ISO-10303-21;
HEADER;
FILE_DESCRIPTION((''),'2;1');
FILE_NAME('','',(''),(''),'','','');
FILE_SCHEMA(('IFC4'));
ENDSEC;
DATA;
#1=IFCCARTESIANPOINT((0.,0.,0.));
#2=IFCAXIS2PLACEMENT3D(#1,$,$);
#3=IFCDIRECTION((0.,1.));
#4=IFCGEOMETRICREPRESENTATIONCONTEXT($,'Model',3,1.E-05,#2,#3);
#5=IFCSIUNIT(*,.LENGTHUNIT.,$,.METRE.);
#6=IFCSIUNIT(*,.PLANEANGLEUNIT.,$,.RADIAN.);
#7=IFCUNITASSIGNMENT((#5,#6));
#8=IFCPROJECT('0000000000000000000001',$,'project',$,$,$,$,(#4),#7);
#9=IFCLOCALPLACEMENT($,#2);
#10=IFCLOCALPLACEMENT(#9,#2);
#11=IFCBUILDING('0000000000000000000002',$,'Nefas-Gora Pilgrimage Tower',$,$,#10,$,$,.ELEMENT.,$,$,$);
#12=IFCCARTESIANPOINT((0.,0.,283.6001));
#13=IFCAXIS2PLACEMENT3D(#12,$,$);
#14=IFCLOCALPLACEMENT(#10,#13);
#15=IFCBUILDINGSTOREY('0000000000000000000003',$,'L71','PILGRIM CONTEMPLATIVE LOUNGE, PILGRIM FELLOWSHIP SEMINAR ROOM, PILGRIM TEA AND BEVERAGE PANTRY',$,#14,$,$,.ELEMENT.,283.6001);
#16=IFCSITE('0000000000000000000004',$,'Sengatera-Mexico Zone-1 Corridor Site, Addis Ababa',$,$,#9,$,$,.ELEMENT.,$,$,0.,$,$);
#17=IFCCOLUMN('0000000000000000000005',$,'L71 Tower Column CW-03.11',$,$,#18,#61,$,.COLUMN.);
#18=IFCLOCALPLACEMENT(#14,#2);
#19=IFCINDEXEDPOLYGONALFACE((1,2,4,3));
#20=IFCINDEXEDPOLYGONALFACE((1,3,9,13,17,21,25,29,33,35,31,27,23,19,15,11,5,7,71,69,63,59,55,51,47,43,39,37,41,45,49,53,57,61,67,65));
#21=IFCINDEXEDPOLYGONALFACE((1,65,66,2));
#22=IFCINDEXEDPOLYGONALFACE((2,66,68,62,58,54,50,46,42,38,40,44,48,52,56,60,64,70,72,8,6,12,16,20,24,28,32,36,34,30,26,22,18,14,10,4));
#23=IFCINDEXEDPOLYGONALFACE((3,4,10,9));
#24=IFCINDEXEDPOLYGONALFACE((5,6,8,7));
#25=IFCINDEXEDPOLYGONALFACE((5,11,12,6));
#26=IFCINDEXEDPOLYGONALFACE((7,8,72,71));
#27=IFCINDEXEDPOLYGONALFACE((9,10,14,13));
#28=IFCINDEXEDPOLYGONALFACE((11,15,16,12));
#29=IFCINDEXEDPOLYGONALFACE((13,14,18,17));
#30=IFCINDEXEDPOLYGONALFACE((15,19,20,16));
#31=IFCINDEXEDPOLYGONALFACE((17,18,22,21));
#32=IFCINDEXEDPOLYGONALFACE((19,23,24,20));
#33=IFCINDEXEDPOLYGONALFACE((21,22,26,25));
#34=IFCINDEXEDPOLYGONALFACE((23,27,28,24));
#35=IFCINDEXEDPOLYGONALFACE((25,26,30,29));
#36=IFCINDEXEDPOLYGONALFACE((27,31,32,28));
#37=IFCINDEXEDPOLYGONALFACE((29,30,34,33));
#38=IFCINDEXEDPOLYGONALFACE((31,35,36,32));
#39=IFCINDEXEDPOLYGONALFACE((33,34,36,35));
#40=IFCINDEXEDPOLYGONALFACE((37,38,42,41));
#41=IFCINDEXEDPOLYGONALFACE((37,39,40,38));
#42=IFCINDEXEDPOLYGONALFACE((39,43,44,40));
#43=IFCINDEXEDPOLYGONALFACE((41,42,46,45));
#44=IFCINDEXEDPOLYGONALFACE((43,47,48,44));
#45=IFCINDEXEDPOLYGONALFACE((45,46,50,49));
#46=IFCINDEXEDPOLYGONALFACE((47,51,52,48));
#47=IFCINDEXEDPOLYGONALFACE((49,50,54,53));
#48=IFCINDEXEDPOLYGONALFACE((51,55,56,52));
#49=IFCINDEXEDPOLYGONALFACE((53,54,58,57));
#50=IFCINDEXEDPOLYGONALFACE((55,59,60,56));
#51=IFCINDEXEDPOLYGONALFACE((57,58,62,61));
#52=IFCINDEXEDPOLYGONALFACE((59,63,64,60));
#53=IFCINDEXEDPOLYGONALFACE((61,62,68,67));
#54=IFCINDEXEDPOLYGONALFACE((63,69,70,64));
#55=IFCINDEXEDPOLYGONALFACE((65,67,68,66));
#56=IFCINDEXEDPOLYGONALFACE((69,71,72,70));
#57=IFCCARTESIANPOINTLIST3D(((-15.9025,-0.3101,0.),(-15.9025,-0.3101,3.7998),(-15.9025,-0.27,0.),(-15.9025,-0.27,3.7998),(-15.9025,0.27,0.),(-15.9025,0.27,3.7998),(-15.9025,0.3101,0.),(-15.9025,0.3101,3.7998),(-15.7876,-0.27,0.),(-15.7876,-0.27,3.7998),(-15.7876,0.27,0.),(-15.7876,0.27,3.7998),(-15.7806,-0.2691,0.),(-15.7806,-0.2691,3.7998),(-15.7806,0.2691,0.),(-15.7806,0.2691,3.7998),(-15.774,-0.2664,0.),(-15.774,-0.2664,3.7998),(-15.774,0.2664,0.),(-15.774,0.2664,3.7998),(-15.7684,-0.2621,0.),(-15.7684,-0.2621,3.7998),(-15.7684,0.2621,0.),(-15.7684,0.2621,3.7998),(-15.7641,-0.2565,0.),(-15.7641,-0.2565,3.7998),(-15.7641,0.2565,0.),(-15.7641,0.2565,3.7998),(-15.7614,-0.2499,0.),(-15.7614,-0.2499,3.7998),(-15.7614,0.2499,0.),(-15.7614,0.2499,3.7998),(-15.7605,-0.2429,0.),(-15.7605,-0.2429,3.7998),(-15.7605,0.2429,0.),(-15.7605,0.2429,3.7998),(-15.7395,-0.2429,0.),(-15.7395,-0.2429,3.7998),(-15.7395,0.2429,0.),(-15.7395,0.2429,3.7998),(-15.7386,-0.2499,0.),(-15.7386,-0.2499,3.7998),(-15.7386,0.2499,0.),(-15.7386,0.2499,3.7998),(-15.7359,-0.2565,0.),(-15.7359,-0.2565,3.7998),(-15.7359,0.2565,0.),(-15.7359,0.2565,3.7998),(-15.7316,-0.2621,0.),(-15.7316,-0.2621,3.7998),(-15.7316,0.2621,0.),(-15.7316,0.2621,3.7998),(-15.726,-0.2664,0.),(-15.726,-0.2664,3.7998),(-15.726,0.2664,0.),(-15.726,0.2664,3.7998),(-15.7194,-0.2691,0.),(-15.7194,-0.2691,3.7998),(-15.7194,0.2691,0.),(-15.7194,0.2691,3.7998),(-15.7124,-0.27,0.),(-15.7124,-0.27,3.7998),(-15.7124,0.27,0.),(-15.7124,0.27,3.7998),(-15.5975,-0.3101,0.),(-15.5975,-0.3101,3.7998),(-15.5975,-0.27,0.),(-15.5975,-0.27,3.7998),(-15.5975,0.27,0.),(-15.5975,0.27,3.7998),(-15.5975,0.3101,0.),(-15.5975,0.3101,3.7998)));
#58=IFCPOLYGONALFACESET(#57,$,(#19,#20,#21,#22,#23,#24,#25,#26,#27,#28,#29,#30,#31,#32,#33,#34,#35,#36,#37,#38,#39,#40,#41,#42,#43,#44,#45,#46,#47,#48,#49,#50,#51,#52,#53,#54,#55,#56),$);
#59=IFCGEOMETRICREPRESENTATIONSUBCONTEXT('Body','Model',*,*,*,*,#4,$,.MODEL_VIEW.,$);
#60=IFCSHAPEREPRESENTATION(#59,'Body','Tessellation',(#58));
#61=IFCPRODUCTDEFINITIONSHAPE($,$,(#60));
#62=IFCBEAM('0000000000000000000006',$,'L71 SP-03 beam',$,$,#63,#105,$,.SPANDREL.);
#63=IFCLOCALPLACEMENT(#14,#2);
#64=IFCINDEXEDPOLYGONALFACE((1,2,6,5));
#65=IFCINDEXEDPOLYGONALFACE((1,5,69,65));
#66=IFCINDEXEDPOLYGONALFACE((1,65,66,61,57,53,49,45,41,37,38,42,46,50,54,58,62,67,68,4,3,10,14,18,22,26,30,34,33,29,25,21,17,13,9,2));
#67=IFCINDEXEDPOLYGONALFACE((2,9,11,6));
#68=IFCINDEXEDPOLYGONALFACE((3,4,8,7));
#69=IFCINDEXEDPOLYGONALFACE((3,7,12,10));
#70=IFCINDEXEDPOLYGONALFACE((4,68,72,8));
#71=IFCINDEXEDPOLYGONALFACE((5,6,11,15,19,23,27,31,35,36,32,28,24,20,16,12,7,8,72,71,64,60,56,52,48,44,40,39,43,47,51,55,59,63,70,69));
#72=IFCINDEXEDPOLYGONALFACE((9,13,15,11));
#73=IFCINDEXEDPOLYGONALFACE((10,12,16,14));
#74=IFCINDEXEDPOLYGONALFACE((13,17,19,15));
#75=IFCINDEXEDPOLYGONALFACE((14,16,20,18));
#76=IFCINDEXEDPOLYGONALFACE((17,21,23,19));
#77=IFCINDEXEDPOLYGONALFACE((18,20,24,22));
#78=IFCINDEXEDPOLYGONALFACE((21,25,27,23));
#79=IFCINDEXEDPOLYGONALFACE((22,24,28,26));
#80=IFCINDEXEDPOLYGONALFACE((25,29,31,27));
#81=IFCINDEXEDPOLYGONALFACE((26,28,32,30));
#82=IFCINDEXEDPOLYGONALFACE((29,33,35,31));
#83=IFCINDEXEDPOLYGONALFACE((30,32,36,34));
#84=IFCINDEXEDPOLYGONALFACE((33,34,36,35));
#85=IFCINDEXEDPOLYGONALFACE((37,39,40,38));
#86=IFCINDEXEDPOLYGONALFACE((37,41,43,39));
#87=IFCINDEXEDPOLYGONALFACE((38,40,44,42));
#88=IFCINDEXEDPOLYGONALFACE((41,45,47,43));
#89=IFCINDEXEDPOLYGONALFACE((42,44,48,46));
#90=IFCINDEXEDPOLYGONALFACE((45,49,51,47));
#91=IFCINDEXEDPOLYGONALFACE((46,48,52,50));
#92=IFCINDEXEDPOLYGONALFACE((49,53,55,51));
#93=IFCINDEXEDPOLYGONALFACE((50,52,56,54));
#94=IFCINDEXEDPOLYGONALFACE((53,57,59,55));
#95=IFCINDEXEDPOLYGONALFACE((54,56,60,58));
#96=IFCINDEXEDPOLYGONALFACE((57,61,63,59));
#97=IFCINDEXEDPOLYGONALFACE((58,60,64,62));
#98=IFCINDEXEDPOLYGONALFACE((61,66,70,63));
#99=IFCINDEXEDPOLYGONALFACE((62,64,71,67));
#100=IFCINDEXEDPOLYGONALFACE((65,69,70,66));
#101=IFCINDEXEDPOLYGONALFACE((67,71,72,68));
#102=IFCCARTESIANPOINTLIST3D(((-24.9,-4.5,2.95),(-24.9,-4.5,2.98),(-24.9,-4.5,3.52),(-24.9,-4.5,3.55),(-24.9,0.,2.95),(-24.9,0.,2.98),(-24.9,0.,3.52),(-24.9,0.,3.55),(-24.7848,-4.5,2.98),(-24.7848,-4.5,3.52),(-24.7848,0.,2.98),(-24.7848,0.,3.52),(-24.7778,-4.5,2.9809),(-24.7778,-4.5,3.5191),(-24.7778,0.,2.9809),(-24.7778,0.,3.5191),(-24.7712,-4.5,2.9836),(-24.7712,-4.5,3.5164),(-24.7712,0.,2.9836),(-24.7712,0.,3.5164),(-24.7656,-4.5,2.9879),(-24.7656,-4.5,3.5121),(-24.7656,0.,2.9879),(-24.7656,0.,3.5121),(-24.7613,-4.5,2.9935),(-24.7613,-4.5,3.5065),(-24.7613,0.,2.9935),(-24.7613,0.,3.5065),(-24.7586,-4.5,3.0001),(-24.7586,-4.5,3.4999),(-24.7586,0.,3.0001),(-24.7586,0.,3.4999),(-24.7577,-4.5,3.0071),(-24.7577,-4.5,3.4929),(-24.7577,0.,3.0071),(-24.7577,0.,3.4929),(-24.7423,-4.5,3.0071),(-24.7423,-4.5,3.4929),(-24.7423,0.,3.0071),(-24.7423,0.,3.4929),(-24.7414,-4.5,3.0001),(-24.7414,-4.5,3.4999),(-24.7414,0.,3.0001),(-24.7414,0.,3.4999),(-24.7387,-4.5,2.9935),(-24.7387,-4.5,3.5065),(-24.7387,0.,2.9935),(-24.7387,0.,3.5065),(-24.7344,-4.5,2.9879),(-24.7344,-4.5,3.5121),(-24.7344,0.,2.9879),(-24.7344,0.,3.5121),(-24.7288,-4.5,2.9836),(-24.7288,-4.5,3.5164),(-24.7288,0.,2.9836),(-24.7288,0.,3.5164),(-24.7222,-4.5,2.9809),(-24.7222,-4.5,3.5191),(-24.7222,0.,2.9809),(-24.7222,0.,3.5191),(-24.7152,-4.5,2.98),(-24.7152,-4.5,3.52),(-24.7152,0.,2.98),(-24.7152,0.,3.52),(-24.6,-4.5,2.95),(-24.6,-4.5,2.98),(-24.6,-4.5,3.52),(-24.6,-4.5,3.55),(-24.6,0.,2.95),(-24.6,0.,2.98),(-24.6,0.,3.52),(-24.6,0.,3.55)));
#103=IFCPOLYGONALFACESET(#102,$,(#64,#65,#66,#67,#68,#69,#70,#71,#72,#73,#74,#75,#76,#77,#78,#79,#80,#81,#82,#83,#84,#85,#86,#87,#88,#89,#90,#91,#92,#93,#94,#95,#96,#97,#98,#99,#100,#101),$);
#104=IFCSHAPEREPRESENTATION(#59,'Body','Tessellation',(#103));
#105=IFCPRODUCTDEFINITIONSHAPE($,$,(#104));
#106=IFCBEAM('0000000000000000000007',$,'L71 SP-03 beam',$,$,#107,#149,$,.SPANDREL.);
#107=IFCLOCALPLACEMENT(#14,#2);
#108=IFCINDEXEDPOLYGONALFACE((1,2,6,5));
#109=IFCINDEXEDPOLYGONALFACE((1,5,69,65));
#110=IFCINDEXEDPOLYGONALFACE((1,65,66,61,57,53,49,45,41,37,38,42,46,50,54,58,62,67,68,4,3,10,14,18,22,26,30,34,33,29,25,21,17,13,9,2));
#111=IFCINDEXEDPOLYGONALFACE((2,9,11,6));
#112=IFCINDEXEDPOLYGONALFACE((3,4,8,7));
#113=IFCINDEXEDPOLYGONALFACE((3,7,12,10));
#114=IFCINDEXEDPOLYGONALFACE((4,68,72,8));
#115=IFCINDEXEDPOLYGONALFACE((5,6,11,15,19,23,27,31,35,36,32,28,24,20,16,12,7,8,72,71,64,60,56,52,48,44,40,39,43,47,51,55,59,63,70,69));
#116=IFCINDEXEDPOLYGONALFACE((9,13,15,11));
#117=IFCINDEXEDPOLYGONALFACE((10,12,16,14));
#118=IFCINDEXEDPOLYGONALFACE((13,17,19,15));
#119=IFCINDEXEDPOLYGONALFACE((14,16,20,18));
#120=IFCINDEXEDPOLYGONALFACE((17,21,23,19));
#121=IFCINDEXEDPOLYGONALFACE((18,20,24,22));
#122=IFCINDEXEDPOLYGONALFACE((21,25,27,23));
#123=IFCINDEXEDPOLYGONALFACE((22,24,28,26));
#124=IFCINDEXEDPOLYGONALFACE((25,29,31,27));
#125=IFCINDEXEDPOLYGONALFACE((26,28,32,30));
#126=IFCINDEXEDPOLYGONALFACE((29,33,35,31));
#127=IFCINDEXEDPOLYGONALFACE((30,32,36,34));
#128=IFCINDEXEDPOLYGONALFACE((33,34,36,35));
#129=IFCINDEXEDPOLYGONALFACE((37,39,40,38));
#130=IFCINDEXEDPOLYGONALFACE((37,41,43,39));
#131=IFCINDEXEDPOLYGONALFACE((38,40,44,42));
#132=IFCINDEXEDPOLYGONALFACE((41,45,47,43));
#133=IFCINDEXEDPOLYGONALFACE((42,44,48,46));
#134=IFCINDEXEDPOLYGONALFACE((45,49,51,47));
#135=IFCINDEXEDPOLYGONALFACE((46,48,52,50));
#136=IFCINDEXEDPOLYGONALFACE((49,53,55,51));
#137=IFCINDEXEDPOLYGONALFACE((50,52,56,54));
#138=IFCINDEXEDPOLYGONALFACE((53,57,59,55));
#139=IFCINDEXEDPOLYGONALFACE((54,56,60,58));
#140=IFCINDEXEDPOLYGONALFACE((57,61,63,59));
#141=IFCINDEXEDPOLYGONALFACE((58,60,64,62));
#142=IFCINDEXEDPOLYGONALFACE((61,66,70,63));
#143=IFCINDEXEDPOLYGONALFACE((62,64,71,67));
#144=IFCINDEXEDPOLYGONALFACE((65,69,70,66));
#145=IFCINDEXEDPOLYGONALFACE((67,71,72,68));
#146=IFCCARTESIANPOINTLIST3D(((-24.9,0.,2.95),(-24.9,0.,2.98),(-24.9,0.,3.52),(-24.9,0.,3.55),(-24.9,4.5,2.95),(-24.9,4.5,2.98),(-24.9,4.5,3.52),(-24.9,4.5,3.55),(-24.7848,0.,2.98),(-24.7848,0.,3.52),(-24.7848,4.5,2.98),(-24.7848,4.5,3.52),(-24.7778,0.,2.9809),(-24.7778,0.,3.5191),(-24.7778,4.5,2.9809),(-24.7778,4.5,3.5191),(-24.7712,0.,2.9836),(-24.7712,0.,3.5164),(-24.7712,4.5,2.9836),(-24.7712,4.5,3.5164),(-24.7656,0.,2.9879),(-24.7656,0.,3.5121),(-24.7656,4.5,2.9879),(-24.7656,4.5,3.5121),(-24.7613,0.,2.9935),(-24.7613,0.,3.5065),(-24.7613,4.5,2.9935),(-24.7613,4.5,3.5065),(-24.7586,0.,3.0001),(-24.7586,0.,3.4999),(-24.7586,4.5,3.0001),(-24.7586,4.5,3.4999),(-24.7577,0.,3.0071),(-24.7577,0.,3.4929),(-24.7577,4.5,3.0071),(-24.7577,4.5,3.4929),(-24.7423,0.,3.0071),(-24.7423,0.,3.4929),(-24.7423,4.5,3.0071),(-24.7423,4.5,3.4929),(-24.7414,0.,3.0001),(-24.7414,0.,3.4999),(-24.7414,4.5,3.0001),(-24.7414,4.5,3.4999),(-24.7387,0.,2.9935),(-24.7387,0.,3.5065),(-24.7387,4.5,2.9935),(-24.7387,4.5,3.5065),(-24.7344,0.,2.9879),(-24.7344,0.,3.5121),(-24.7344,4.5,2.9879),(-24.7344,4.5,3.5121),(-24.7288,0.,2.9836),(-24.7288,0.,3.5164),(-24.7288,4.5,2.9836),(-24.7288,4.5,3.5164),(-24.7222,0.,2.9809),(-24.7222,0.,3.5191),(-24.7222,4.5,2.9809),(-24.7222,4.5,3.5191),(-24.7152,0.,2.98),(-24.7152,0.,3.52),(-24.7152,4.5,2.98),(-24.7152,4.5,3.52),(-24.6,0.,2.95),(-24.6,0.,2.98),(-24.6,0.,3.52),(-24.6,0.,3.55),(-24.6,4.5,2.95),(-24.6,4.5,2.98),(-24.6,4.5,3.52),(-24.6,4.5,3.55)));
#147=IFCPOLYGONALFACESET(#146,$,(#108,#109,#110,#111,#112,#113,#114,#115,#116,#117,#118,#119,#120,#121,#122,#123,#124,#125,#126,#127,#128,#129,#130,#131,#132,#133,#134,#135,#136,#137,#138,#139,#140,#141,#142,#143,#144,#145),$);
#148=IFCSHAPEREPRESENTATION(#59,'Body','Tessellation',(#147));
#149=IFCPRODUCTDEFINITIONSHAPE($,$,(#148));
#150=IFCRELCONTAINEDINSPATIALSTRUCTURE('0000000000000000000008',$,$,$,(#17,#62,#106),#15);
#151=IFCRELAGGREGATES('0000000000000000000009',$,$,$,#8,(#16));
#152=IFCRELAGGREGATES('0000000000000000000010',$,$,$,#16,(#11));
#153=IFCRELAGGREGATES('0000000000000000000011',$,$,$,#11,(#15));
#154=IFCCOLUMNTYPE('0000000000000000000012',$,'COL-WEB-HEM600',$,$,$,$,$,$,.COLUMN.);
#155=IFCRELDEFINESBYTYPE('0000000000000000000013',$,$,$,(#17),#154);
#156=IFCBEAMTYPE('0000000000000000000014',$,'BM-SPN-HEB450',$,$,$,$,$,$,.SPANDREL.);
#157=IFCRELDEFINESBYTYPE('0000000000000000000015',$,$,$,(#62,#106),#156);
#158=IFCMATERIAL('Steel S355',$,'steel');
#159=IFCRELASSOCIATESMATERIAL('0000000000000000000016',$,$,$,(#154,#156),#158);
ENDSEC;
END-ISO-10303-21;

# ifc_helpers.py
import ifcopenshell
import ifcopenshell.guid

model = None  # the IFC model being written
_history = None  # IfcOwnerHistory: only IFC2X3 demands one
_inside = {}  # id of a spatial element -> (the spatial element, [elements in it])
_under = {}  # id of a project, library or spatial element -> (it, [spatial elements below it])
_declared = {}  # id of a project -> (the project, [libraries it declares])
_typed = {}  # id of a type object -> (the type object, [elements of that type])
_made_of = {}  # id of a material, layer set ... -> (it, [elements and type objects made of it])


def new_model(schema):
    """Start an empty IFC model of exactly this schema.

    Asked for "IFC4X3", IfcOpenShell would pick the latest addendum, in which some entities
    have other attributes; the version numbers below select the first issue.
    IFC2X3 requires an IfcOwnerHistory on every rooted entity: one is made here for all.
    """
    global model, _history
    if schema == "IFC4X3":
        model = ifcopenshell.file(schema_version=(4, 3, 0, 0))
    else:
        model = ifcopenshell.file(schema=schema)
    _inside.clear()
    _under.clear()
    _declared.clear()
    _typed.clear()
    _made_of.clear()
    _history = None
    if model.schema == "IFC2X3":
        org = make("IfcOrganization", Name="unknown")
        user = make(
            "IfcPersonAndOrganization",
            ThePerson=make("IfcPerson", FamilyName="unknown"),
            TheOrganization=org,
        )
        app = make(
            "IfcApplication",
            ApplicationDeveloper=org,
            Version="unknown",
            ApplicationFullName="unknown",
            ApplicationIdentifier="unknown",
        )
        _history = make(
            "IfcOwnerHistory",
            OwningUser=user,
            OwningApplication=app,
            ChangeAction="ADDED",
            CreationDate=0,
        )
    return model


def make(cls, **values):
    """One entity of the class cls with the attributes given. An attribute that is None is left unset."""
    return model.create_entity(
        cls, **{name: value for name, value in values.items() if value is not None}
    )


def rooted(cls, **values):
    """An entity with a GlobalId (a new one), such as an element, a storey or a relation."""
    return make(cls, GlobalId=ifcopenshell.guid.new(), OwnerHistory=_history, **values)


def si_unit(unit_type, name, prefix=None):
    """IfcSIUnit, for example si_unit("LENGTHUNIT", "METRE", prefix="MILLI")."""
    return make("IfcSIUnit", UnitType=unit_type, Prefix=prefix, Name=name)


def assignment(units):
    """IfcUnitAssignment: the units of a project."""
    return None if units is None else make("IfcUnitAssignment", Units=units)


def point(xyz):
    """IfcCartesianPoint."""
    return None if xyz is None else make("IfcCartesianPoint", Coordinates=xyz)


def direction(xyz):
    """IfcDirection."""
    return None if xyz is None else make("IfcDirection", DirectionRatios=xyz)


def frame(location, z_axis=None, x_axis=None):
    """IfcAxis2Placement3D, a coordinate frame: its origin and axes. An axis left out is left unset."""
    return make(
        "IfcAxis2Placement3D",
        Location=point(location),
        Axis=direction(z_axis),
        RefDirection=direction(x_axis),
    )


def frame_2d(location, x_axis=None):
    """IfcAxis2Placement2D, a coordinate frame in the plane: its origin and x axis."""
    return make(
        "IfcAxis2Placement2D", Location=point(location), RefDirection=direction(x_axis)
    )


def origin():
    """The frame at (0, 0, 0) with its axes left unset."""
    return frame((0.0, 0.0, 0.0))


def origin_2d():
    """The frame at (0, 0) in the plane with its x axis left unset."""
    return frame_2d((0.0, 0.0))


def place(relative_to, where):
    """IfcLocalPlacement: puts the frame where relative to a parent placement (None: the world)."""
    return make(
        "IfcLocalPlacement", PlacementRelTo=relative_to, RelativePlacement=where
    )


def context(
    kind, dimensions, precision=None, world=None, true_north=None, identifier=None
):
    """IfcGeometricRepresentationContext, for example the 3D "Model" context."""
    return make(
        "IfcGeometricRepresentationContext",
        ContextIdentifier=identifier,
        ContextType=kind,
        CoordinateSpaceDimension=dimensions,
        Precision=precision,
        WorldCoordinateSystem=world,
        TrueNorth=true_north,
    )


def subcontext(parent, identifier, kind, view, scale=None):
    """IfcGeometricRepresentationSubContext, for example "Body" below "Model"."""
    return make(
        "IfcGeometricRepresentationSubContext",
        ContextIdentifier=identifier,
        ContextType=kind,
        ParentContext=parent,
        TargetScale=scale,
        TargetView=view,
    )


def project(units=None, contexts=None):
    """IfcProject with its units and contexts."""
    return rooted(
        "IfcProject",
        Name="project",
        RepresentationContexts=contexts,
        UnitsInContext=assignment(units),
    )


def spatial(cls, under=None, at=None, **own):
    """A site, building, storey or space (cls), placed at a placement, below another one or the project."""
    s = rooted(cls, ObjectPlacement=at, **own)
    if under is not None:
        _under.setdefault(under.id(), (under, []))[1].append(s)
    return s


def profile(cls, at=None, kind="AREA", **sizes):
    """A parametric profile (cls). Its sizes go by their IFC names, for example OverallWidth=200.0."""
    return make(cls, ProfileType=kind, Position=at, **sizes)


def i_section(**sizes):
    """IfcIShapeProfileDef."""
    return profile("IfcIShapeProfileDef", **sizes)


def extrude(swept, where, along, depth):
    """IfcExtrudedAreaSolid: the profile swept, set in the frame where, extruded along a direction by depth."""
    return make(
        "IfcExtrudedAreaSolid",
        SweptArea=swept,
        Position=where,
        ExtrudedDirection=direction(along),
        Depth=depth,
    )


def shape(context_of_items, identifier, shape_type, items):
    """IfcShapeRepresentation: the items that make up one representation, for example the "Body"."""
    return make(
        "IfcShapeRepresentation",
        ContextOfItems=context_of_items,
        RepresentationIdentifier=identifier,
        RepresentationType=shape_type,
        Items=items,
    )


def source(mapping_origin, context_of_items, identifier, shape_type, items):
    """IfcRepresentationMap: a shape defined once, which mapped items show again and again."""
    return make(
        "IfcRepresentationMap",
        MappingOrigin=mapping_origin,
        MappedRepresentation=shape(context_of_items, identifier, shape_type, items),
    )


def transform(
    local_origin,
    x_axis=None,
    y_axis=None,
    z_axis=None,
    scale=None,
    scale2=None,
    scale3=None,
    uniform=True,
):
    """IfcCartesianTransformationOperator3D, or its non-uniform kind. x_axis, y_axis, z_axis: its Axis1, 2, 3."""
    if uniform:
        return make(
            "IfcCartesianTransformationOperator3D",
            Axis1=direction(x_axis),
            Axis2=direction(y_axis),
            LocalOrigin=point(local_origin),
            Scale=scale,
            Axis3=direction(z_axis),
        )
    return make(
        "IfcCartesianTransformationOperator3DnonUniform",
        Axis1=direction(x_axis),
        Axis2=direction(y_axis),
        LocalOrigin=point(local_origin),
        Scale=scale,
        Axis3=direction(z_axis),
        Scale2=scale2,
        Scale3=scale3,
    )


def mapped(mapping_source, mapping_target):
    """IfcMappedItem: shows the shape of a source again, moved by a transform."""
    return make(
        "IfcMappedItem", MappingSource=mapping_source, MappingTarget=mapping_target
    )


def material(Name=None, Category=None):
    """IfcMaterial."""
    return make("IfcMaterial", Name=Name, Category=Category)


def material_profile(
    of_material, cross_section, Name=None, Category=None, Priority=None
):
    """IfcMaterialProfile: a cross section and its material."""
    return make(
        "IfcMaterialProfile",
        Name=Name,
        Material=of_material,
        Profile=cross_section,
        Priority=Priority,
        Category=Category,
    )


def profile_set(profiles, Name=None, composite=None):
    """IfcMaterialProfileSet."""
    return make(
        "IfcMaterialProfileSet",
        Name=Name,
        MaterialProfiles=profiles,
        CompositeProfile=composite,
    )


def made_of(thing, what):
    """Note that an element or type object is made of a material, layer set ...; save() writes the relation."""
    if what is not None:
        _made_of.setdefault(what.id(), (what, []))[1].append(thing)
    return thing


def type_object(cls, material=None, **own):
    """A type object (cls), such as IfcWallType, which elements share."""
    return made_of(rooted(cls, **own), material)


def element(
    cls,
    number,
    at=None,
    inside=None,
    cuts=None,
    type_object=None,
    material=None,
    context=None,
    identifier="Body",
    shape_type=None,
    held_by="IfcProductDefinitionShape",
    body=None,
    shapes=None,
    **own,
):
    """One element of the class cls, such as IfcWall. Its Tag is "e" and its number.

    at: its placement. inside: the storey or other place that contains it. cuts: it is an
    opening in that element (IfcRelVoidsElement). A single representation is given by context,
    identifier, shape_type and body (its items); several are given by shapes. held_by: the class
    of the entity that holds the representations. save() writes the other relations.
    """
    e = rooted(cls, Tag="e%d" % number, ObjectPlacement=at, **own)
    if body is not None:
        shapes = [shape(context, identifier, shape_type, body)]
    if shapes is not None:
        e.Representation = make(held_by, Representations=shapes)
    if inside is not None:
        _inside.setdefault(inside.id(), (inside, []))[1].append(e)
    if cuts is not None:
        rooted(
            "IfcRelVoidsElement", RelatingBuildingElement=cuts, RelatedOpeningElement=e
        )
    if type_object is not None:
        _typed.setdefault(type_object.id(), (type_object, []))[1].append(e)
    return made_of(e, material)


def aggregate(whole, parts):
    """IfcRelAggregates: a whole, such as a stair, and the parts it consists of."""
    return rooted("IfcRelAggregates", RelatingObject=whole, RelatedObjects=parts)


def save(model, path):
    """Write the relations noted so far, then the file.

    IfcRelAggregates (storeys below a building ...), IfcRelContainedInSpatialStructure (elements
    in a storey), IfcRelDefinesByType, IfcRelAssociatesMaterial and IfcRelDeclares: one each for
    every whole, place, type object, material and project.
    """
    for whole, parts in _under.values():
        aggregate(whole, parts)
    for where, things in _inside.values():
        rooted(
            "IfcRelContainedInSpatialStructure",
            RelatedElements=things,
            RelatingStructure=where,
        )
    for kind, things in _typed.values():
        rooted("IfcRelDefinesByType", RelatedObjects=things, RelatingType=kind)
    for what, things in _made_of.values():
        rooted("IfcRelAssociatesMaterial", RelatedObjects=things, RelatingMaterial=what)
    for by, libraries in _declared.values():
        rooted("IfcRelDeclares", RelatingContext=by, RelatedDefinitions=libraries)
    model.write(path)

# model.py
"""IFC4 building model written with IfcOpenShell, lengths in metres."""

from ifc_helpers import new_model, si_unit, direction, frame, origin, origin_2d, place, context, subcontext, project, spatial, i_section, extrude, source, transform, mapped, material, material_profile, profile_set, type_object, element, save


model = new_model("IFC4")

# Units and contexts
model_context = context("Model", 3, precision=1e-05, world=origin(), true_north=direction((0.0, 1.0)))
body_context = subcontext(model_context, "Body", "Model", "MODEL_VIEW")
ifc_project = project(units=[si_unit("LENGTHUNIT", "METRE"), si_unit("PLANEANGLEUNIT", "RADIAN")], contexts=[model_context])

# Site, building, storey
site_placement = place(None, origin())
site = spatial("IfcSite", under=ifc_project, at=site_placement, Name="Sengatera-Mexico Zone-1 Corridor Site, Addis Ababa", CompositionType="ELEMENT", RefElevation=0.0)
building_placement = place(site_placement, origin())
building = spatial("IfcBuilding", under=site, at=building_placement, Name="Nefas-Gora Pilgrimage Tower", CompositionType="ELEMENT")
storey_placement = place(building_placement, frame((0.0, 0.0, 283.6001)))
storey = spatial("IfcBuildingStorey", under=building, at=storey_placement, Name="L71", Description="PILGRIM CONTEMPLATIVE LOUNGE, PILGRIM FELLOWSHIP SEMINAR ROOM, PILGRIM TEA AND BEVERAGE PANTRY", CompositionType="ELEMENT", Elevation=283.6001)

# Column
ifc_material_1 = material(Name="Steel S355", Category="steel")
ifc_material_profile_1 = material_profile(ifc_material_1, i_section(OverallWidth=0.3049, OverallDepth=0.6201, WebThickness=0.021, FlangeThickness=0.04, FilletRadius=0.0271, at=origin_2d()), Name="HEM 600")
ifc_profile_set_1 = profile_set([ifc_material_profile_1], Name="Steel S355")
column_type_1 = type_object("IfcColumnType", Name="COL-WEB-HEM600", PredefinedType="COLUMN", material=ifc_profile_set_1)
shared_shape_1 = source(origin(), body_context, "Body", "SweptSolid", [
    extrude(i_section(OverallWidth=0.3049, OverallDepth=0.6201, WebThickness=0.021, FlangeThickness=0.04, FilletRadius=0.0271, at=origin_2d()), origin(), (0.0, 0.0, 1.0), 3.7998),
])
for number, where, z_axis, x_axis, name in (
    (1, (-15.75, 0.0, 0.0), (0.0, 0.0, 1.0), (1.0, 0.0, 0.0), "L71 Tower Column CW-03.11"),
):
    element("IfcColumn", number, at=place(storey_placement, frame(where, z_axis=z_axis, x_axis=x_axis)), inside=storey, type_object=column_type_1, Name=name, PredefinedType="COLUMN", context=body_context, shape_type="MappedRepresentation", body=[
        mapped(shared_shape_1, transform((0.0, 0.0, 0.0), x_axis=(1.0, 0.0, 0.0), y_axis=(0.0, 1.0, 0.0), z_axis=(0.0, 0.0, 1.0), scale=1.0)),
    ])

# Beams
ifc_material_profile_2 = material_profile(ifc_material_1, i_section(OverallWidth=0.3, OverallDepth=0.6001, WebThickness=0.0154, FlangeThickness=0.03, FilletRadius=0.0271, at=origin_2d()), Name="HEB 600")
ifc_profile_set_2 = profile_set([ifc_material_profile_2], Name="Steel S355")
beam_type_1 = type_object("IfcBeamType", Name="BM-SPN-HEB450", PredefinedType="SPANDREL", material=ifc_profile_set_2)
shared_shape_2 = source(origin(), body_context, "Body", "SweptSolid", [
    extrude(i_section(OverallWidth=0.3, OverallDepth=0.6001, WebThickness=0.0154, FlangeThickness=0.03, FilletRadius=0.0271, at=origin_2d()), origin(), (0.0, 0.0, 1.0), 4.5),
])
for number, where, z_axis, x_axis, name in (
    (2, (-24.75, -4.5, 3.25), (0.0, 1.0, 0.0), (-1.0, 0.0, 0.0), "L71 SP-03 beam"),
    (3, (-24.75, 0.0, 3.25), (0.0, 1.0, 0.0), (-1.0, 0.0, 0.0), "L71 SP-03 beam"),
):
    element("IfcBeam", number, at=place(storey_placement, frame(where, z_axis=z_axis, x_axis=x_axis)), inside=storey, type_object=beam_type_1, Name=name, PredefinedType="SPANDREL", context=body_context, shape_type="MappedRepresentation", body=[
        mapped(shared_shape_2, transform((0.0, 0.0, 0.0), x_axis=(1.0, 0.0, 0.0), y_axis=(0.0, 1.0, 0.0), z_axis=(0.0, 0.0, 1.0), scale=1.0)),
    ])

save(model, "model.ifc")
